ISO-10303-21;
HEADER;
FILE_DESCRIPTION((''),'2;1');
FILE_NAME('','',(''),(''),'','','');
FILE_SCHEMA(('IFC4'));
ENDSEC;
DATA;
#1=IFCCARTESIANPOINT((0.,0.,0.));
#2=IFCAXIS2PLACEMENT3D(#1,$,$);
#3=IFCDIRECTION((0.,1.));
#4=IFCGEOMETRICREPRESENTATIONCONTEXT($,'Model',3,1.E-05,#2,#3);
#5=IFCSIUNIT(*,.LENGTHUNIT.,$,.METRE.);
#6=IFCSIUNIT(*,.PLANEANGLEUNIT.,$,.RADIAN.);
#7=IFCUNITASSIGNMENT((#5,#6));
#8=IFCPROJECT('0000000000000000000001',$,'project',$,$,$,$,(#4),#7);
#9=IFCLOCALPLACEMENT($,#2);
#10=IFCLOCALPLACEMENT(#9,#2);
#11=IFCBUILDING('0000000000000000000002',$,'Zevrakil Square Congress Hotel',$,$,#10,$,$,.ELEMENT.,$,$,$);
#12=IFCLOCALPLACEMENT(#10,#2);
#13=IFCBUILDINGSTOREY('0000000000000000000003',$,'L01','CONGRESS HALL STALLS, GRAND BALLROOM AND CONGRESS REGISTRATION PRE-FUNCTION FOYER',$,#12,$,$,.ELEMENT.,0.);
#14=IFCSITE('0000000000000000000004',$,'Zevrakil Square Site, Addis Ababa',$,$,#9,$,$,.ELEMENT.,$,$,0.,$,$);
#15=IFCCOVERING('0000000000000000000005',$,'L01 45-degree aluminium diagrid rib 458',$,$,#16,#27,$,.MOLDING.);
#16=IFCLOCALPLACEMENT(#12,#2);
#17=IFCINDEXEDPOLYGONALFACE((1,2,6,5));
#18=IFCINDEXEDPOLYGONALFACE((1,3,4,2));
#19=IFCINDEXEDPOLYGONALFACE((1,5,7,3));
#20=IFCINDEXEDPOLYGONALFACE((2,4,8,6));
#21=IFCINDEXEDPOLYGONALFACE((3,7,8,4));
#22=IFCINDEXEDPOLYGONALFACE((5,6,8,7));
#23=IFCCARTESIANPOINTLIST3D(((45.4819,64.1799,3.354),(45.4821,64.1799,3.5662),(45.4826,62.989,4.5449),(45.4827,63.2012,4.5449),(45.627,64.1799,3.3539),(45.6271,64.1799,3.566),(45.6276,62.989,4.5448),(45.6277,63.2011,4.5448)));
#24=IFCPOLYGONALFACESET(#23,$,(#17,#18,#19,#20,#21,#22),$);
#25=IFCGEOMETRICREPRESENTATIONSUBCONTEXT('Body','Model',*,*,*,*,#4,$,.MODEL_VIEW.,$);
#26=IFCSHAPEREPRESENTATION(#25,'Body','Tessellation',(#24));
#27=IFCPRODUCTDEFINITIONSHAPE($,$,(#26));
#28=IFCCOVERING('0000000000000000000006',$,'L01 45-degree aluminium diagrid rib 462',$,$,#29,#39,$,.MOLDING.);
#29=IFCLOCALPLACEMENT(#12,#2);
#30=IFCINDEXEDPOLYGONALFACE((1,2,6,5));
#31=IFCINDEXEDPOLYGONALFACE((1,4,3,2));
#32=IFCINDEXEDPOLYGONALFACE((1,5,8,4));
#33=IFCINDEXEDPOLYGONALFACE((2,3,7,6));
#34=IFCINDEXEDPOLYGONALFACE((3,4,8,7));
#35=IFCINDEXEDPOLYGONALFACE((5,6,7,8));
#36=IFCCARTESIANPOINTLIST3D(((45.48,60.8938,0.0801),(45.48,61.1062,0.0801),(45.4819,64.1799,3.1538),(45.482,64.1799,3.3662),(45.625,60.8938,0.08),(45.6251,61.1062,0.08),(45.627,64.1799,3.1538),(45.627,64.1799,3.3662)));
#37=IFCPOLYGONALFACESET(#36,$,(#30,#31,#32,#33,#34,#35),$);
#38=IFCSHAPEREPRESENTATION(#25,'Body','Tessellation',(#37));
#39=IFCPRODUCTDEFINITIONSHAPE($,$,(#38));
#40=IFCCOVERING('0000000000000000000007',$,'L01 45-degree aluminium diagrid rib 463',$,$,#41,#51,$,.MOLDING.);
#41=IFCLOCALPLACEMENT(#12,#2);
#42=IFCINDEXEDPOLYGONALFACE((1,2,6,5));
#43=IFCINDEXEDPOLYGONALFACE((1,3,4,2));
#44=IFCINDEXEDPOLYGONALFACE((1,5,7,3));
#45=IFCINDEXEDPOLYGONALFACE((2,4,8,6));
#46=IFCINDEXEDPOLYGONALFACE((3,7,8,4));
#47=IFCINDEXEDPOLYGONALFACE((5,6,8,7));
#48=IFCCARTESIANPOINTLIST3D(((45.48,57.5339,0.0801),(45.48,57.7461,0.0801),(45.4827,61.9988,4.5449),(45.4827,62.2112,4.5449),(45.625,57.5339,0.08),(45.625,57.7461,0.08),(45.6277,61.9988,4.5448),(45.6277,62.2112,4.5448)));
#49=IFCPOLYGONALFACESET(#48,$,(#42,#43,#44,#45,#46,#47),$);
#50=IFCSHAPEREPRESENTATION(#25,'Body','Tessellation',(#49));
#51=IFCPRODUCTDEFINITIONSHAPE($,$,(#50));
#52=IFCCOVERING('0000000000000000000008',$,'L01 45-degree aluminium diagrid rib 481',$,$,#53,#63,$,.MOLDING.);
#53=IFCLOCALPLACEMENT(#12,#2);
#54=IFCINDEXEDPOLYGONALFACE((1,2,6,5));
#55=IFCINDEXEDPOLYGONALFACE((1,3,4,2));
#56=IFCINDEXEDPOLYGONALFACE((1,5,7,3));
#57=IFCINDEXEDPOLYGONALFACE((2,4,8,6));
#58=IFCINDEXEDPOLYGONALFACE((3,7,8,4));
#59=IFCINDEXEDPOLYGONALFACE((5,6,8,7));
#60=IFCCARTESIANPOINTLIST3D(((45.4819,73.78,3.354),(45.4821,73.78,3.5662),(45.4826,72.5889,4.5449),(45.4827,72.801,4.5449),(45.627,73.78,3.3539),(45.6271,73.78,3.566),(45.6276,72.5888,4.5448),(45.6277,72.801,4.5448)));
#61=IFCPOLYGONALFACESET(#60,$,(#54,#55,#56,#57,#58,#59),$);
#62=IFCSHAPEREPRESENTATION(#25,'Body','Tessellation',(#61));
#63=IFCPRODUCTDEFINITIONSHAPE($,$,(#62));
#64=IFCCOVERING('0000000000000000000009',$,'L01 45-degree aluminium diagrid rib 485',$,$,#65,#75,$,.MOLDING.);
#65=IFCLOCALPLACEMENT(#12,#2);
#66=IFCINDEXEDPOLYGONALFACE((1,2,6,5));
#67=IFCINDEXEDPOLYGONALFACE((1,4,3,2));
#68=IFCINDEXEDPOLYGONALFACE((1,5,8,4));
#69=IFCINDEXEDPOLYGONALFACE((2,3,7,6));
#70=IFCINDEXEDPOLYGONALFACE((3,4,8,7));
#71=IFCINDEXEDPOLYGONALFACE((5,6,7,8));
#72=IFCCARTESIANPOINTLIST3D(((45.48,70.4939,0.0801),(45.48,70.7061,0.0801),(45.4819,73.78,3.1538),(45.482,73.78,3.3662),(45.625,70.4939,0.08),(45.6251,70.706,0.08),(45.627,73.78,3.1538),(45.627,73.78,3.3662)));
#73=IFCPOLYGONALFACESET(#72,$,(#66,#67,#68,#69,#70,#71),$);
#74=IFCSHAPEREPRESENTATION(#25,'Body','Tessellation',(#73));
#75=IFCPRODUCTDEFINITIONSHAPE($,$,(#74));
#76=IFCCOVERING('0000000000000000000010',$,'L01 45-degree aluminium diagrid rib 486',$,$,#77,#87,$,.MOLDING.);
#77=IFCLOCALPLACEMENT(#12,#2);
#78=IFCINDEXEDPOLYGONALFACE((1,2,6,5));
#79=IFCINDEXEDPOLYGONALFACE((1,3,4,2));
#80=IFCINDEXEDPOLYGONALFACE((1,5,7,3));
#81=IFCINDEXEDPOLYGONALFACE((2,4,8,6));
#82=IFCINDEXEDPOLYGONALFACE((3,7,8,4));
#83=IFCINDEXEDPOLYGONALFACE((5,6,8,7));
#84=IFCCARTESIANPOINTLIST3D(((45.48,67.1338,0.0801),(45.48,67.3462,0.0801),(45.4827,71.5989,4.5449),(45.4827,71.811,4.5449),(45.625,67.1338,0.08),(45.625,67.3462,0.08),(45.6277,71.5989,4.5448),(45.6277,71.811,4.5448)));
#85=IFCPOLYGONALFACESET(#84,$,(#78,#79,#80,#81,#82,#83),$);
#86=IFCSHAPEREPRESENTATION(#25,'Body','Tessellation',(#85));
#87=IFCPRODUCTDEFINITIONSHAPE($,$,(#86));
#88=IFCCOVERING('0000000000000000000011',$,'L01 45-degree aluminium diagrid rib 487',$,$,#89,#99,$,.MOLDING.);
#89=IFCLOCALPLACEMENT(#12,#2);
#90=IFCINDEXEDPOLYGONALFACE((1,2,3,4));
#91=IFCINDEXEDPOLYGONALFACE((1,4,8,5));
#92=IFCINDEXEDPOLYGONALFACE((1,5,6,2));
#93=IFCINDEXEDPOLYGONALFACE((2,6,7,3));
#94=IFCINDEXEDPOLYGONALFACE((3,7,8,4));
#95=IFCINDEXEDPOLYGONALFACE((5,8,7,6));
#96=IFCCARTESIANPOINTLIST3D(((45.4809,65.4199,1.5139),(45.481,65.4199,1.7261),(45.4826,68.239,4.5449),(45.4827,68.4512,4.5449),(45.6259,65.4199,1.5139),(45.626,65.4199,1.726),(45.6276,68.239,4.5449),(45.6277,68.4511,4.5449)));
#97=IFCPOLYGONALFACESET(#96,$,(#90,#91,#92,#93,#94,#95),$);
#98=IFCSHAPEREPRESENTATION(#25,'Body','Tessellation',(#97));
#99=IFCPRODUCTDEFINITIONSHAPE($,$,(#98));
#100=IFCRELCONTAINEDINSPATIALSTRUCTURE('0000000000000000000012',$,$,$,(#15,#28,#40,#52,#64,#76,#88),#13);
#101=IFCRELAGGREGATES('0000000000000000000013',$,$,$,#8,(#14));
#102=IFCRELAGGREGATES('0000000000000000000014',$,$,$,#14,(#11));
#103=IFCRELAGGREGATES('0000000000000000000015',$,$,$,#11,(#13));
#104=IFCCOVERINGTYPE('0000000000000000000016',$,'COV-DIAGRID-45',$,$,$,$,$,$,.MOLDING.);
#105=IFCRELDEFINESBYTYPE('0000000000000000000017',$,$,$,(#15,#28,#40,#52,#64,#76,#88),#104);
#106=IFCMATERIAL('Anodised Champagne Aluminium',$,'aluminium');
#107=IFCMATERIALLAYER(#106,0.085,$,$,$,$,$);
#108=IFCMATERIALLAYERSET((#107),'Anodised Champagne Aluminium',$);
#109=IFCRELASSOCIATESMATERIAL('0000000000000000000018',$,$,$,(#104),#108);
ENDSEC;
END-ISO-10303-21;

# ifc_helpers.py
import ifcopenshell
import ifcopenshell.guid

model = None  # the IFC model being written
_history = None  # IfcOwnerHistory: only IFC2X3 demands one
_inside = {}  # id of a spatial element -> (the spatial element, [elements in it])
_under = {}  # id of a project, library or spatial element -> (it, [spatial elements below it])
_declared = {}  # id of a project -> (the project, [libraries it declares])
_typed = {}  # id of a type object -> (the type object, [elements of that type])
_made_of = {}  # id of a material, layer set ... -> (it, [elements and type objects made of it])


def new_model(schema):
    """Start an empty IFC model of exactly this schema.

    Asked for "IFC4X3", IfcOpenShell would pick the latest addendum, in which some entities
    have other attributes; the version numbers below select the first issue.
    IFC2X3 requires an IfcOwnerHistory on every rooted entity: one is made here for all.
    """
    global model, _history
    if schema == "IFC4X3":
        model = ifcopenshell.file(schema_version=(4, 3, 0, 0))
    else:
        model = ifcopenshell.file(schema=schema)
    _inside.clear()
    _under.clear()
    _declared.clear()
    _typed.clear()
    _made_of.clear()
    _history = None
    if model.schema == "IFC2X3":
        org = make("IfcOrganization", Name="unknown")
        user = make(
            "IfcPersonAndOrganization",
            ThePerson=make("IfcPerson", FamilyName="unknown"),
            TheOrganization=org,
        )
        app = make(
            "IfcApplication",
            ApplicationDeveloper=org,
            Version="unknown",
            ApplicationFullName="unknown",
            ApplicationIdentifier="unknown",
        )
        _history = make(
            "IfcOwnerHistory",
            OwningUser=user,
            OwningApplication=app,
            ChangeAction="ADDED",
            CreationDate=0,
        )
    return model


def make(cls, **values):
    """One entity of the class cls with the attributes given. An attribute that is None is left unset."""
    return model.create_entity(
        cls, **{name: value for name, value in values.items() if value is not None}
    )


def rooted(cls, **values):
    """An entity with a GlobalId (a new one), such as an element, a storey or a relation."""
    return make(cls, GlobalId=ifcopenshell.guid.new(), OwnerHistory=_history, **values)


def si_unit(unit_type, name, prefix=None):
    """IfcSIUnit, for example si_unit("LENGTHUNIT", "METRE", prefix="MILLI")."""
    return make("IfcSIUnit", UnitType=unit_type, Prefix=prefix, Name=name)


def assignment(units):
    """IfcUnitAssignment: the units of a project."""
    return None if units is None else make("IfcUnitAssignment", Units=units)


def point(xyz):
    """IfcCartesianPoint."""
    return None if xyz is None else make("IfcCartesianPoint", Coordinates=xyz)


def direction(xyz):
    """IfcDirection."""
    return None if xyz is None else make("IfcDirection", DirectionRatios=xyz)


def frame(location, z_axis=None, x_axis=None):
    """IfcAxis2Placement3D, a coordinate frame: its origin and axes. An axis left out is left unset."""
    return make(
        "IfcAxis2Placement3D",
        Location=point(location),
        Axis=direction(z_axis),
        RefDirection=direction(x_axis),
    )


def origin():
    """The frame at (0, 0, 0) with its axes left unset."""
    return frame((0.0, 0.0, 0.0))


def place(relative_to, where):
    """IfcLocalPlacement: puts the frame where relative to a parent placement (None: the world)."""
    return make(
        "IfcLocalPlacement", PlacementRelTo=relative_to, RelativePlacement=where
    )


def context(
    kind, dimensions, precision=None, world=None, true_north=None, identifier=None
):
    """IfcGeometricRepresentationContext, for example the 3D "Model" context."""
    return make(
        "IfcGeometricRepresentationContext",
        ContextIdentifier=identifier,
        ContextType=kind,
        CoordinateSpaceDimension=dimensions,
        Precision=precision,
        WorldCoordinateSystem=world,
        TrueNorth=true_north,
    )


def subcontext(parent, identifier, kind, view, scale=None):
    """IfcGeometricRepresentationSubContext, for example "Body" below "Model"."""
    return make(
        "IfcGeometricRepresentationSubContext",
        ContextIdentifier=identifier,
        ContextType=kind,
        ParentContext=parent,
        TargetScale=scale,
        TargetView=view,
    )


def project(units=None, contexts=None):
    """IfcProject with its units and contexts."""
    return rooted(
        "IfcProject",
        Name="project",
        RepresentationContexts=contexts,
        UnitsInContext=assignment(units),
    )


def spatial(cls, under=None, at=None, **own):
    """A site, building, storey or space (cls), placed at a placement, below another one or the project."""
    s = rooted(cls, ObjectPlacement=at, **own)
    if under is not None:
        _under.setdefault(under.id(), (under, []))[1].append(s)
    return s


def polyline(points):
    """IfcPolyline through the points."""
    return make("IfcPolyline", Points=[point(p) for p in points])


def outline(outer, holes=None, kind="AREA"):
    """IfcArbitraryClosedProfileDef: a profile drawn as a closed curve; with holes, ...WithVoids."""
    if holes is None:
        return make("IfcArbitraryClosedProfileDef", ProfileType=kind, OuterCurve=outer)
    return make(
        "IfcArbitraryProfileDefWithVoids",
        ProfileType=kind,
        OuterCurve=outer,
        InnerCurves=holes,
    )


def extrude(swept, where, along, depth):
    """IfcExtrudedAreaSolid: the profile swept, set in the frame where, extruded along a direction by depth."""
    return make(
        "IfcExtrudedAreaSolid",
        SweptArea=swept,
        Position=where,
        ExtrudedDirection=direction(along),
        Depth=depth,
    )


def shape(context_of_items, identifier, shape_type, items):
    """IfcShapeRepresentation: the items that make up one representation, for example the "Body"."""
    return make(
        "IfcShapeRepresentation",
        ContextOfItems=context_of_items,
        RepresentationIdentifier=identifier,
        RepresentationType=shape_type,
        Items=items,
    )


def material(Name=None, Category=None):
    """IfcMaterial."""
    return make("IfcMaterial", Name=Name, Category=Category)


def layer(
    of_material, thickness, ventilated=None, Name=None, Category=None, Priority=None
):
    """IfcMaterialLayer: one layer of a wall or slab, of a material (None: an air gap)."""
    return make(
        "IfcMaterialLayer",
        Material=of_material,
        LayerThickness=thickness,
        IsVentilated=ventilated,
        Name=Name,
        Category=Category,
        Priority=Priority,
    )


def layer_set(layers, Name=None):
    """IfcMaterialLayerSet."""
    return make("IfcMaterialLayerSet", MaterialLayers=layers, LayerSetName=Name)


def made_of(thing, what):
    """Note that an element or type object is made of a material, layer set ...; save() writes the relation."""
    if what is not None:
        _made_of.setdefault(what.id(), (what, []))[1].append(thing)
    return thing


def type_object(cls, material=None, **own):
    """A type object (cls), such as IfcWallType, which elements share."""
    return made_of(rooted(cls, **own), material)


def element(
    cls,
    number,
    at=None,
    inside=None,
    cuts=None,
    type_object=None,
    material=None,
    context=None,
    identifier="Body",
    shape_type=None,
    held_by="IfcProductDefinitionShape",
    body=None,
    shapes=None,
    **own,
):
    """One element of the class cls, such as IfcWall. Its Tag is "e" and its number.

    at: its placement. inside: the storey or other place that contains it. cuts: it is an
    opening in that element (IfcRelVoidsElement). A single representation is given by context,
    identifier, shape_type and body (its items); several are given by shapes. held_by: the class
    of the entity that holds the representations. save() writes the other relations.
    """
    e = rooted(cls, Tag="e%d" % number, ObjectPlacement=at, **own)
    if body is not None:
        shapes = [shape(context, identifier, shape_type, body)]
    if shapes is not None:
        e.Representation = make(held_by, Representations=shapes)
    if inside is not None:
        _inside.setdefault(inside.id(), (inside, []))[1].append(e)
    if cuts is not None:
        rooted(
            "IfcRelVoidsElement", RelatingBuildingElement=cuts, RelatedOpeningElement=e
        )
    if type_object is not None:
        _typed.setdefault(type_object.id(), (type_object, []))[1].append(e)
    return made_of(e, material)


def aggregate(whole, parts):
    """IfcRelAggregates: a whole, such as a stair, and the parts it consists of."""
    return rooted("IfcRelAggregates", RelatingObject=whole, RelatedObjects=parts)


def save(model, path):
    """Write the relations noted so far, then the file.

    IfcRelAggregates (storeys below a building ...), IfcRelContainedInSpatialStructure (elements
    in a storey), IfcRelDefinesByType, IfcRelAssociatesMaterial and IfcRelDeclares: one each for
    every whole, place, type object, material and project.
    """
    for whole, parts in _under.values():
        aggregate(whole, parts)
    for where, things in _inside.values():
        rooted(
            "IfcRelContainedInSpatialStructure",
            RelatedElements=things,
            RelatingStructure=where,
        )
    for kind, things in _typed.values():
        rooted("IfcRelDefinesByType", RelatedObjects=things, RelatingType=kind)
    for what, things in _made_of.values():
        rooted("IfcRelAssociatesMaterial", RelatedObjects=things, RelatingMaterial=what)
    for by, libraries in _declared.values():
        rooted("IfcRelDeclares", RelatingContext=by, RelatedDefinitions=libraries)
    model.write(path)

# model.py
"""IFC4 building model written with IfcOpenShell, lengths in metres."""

from ifc_helpers import new_model, si_unit, direction, frame, origin, place, context, subcontext, project, spatial, polyline, outline, extrude, material, layer, layer_set, type_object, element, save


model = new_model("IFC4")

# Units and contexts
model_context = context("Model", 3, precision=1e-05, world=origin(), true_north=direction((0.0, 1.0)))
body_context = subcontext(model_context, "Body", "Model", "MODEL_VIEW")
ifc_project = project(units=[si_unit("LENGTHUNIT", "METRE"), si_unit("PLANEANGLEUNIT", "RADIAN")], contexts=[model_context])

# Site, building, storey
site_placement = place(None, origin())
site = spatial("IfcSite", under=ifc_project, at=site_placement, Name="Zevrakil Square Site, Addis Ababa", CompositionType="ELEMENT", RefElevation=0.0)
building_placement = place(site_placement, origin())
building = spatial("IfcBuilding", under=site, at=building_placement, Name="Zevrakil Square Congress Hotel", CompositionType="ELEMENT")
storey_placement = place(building_placement, origin())
storey = spatial("IfcBuildingStorey", under=building, at=storey_placement, Name="L01", Description="CONGRESS HALL STALLS, GRAND BALLROOM AND CONGRESS REGISTRATION PRE-FUNCTION FOYER", CompositionType="ELEMENT", Elevation=0.0)

# Coverings
ifc_material_1 = material(Name="Anodised Champagne Aluminium", Category="aluminium")
ifc_layer_1 = layer(ifc_material_1, 0.085)
ifc_layer_set_1 = layer_set([ifc_layer_1], Name="Anodised Champagne Aluminium")
covering_type_1 = type_object("IfcCoveringType", Name="COV-DIAGRID-45", PredefinedType="MOLDING", material=ifc_layer_set_1)
covering_1_placement = place(storey_placement, frame((45.4819, 64.1799, 3.354), z_axis=(-1.0, 0.000294, 0.000857), x_axis=(0.000857, 0.0, 1.0)))
element("IfcCovering", 1, at=covering_1_placement, inside=storey, type_object=covering_type_1, Name="L01 45-degree aluminium diagrid rib 458", PredefinedType="MOLDING", context=body_context, shape_type="SweptSolid", body=[
    extrude(outline(polyline([(0.0, 0.0), (0.2122, 0.0), (1.1909, -0.9788), (1.1909, -1.1909), (0.0, 0.0)])), origin(), (0.0, 0.0, -1.0), 0.145),
])
covering_2_placement = place(storey_placement, frame((45.4819, 64.1799, 3.1538), z_axis=(-1.0, 0.000307, 0.000307), x_axis=(0.000307, 0.0, 1.0)))
element("IfcCovering", 2, at=covering_2_placement, inside=storey, type_object=covering_type_1, Name="L01 45-degree aluminium diagrid rib 462", PredefinedType="MOLDING", context=body_context, shape_type="SweptSolid", body=[
    extrude(outline(polyline([(0.0, 0.0), (0.2124, 0.0), (-3.0737, -3.2861), (-3.0737, -3.0737), (0.0, 0.0)])), origin(), (0.0, 0.0, -1.0), 0.145),
])
covering_3_placement = place(storey_placement, frame((45.4827, 62.2112, 4.5449), z_axis=(-1.0, 0.0, 0.000601), x_axis=(0.0, -1.0, 0.0)))
element("IfcCovering", 3, at=covering_3_placement, inside=storey, type_object=covering_type_1, Name="L01 45-degree aluminium diagrid rib 463", PredefinedType="MOLDING", context=body_context, shape_type="SweptSolid", body=[
    extrude(outline(polyline([(0.0, 0.0), (0.2124, 0.0), (4.6772, -4.4648), (4.4651, -4.4648), (0.0, 0.0)])), origin(), (0.0, 0.0, -1.0), 0.145),
])
covering_4_placement = place(storey_placement, frame((45.4819, 73.78, 3.354), z_axis=(-1.0, 0.000294, 0.000857), x_axis=(0.000857, 0.0, 1.0)))
element("IfcCovering", 4, at=covering_4_placement, inside=storey, type_object=covering_type_1, Name="L01 45-degree aluminium diagrid rib 481", PredefinedType="MOLDING", context=body_context, shape_type="SweptSolid", body=[
    extrude(outline(polyline([(0.0, 0.0), (0.2122, 0.0), (1.1909, -0.979), (1.1909, -1.1912), (0.0, 0.0)])), origin(), (0.0, 0.0, -1.0), 0.145),
])
covering_5_placement = place(storey_placement, frame((45.4819, 73.78, 3.1538), z_axis=(-1.0, 0.000307, 0.000307), x_axis=(0.000307, 0.0, 1.0)))
element("IfcCovering", 5, at=covering_5_placement, inside=storey, type_object=covering_type_1, Name="L01 45-degree aluminium diagrid rib 485", PredefinedType="MOLDING", context=body_context, shape_type="SweptSolid", body=[
    extrude(outline(polyline([(0.0, 0.0), (0.2124, 0.0), (-3.0737, -3.2861), (-3.0737, -3.074), (0.0, 0.0)])), origin(), (0.0, 0.0, -1.0), 0.145),
])
covering_6_placement = place(storey_placement, frame((45.4827, 71.811, 4.5449), z_axis=(-1.0, 0.0, 0.000601), x_axis=(0.0, -1.0, 0.0)))
element("IfcCovering", 6, at=covering_6_placement, inside=storey, type_object=covering_type_1, Name="L01 45-degree aluminium diagrid rib 486", PredefinedType="MOLDING", context=body_context, shape_type="SweptSolid", body=[
    extrude(outline(polyline([(0.0, 0.0), (0.2122, 0.0), (4.6772, -4.4648), (4.4648, -4.4648), (0.0, 0.0)])), origin(), (0.0, 0.0, -1.0), 0.145),
])
covering_7_placement = place(storey_placement, frame((45.4827, 68.4512, 4.5449), z_axis=(-1.0, 0.000292, 0.000292), x_axis=(-0.000292, -1.0, 0.0)))
element("IfcCovering", 7, at=covering_7_placement, inside=storey, type_object=covering_type_1, Name="L01 45-degree aluminium diagrid rib 487", PredefinedType="MOLDING", context=body_context, shape_type="SweptSolid", body=[
    extrude(outline(polyline([(0.0, 0.0), (0.2122, 0.0), (3.0313, -2.8188), (3.0313, -3.031), (0.0, 0.0)])), origin(), (0.0, 0.0, -1.0), 0.145),
])

save(model, "model.ifc")
